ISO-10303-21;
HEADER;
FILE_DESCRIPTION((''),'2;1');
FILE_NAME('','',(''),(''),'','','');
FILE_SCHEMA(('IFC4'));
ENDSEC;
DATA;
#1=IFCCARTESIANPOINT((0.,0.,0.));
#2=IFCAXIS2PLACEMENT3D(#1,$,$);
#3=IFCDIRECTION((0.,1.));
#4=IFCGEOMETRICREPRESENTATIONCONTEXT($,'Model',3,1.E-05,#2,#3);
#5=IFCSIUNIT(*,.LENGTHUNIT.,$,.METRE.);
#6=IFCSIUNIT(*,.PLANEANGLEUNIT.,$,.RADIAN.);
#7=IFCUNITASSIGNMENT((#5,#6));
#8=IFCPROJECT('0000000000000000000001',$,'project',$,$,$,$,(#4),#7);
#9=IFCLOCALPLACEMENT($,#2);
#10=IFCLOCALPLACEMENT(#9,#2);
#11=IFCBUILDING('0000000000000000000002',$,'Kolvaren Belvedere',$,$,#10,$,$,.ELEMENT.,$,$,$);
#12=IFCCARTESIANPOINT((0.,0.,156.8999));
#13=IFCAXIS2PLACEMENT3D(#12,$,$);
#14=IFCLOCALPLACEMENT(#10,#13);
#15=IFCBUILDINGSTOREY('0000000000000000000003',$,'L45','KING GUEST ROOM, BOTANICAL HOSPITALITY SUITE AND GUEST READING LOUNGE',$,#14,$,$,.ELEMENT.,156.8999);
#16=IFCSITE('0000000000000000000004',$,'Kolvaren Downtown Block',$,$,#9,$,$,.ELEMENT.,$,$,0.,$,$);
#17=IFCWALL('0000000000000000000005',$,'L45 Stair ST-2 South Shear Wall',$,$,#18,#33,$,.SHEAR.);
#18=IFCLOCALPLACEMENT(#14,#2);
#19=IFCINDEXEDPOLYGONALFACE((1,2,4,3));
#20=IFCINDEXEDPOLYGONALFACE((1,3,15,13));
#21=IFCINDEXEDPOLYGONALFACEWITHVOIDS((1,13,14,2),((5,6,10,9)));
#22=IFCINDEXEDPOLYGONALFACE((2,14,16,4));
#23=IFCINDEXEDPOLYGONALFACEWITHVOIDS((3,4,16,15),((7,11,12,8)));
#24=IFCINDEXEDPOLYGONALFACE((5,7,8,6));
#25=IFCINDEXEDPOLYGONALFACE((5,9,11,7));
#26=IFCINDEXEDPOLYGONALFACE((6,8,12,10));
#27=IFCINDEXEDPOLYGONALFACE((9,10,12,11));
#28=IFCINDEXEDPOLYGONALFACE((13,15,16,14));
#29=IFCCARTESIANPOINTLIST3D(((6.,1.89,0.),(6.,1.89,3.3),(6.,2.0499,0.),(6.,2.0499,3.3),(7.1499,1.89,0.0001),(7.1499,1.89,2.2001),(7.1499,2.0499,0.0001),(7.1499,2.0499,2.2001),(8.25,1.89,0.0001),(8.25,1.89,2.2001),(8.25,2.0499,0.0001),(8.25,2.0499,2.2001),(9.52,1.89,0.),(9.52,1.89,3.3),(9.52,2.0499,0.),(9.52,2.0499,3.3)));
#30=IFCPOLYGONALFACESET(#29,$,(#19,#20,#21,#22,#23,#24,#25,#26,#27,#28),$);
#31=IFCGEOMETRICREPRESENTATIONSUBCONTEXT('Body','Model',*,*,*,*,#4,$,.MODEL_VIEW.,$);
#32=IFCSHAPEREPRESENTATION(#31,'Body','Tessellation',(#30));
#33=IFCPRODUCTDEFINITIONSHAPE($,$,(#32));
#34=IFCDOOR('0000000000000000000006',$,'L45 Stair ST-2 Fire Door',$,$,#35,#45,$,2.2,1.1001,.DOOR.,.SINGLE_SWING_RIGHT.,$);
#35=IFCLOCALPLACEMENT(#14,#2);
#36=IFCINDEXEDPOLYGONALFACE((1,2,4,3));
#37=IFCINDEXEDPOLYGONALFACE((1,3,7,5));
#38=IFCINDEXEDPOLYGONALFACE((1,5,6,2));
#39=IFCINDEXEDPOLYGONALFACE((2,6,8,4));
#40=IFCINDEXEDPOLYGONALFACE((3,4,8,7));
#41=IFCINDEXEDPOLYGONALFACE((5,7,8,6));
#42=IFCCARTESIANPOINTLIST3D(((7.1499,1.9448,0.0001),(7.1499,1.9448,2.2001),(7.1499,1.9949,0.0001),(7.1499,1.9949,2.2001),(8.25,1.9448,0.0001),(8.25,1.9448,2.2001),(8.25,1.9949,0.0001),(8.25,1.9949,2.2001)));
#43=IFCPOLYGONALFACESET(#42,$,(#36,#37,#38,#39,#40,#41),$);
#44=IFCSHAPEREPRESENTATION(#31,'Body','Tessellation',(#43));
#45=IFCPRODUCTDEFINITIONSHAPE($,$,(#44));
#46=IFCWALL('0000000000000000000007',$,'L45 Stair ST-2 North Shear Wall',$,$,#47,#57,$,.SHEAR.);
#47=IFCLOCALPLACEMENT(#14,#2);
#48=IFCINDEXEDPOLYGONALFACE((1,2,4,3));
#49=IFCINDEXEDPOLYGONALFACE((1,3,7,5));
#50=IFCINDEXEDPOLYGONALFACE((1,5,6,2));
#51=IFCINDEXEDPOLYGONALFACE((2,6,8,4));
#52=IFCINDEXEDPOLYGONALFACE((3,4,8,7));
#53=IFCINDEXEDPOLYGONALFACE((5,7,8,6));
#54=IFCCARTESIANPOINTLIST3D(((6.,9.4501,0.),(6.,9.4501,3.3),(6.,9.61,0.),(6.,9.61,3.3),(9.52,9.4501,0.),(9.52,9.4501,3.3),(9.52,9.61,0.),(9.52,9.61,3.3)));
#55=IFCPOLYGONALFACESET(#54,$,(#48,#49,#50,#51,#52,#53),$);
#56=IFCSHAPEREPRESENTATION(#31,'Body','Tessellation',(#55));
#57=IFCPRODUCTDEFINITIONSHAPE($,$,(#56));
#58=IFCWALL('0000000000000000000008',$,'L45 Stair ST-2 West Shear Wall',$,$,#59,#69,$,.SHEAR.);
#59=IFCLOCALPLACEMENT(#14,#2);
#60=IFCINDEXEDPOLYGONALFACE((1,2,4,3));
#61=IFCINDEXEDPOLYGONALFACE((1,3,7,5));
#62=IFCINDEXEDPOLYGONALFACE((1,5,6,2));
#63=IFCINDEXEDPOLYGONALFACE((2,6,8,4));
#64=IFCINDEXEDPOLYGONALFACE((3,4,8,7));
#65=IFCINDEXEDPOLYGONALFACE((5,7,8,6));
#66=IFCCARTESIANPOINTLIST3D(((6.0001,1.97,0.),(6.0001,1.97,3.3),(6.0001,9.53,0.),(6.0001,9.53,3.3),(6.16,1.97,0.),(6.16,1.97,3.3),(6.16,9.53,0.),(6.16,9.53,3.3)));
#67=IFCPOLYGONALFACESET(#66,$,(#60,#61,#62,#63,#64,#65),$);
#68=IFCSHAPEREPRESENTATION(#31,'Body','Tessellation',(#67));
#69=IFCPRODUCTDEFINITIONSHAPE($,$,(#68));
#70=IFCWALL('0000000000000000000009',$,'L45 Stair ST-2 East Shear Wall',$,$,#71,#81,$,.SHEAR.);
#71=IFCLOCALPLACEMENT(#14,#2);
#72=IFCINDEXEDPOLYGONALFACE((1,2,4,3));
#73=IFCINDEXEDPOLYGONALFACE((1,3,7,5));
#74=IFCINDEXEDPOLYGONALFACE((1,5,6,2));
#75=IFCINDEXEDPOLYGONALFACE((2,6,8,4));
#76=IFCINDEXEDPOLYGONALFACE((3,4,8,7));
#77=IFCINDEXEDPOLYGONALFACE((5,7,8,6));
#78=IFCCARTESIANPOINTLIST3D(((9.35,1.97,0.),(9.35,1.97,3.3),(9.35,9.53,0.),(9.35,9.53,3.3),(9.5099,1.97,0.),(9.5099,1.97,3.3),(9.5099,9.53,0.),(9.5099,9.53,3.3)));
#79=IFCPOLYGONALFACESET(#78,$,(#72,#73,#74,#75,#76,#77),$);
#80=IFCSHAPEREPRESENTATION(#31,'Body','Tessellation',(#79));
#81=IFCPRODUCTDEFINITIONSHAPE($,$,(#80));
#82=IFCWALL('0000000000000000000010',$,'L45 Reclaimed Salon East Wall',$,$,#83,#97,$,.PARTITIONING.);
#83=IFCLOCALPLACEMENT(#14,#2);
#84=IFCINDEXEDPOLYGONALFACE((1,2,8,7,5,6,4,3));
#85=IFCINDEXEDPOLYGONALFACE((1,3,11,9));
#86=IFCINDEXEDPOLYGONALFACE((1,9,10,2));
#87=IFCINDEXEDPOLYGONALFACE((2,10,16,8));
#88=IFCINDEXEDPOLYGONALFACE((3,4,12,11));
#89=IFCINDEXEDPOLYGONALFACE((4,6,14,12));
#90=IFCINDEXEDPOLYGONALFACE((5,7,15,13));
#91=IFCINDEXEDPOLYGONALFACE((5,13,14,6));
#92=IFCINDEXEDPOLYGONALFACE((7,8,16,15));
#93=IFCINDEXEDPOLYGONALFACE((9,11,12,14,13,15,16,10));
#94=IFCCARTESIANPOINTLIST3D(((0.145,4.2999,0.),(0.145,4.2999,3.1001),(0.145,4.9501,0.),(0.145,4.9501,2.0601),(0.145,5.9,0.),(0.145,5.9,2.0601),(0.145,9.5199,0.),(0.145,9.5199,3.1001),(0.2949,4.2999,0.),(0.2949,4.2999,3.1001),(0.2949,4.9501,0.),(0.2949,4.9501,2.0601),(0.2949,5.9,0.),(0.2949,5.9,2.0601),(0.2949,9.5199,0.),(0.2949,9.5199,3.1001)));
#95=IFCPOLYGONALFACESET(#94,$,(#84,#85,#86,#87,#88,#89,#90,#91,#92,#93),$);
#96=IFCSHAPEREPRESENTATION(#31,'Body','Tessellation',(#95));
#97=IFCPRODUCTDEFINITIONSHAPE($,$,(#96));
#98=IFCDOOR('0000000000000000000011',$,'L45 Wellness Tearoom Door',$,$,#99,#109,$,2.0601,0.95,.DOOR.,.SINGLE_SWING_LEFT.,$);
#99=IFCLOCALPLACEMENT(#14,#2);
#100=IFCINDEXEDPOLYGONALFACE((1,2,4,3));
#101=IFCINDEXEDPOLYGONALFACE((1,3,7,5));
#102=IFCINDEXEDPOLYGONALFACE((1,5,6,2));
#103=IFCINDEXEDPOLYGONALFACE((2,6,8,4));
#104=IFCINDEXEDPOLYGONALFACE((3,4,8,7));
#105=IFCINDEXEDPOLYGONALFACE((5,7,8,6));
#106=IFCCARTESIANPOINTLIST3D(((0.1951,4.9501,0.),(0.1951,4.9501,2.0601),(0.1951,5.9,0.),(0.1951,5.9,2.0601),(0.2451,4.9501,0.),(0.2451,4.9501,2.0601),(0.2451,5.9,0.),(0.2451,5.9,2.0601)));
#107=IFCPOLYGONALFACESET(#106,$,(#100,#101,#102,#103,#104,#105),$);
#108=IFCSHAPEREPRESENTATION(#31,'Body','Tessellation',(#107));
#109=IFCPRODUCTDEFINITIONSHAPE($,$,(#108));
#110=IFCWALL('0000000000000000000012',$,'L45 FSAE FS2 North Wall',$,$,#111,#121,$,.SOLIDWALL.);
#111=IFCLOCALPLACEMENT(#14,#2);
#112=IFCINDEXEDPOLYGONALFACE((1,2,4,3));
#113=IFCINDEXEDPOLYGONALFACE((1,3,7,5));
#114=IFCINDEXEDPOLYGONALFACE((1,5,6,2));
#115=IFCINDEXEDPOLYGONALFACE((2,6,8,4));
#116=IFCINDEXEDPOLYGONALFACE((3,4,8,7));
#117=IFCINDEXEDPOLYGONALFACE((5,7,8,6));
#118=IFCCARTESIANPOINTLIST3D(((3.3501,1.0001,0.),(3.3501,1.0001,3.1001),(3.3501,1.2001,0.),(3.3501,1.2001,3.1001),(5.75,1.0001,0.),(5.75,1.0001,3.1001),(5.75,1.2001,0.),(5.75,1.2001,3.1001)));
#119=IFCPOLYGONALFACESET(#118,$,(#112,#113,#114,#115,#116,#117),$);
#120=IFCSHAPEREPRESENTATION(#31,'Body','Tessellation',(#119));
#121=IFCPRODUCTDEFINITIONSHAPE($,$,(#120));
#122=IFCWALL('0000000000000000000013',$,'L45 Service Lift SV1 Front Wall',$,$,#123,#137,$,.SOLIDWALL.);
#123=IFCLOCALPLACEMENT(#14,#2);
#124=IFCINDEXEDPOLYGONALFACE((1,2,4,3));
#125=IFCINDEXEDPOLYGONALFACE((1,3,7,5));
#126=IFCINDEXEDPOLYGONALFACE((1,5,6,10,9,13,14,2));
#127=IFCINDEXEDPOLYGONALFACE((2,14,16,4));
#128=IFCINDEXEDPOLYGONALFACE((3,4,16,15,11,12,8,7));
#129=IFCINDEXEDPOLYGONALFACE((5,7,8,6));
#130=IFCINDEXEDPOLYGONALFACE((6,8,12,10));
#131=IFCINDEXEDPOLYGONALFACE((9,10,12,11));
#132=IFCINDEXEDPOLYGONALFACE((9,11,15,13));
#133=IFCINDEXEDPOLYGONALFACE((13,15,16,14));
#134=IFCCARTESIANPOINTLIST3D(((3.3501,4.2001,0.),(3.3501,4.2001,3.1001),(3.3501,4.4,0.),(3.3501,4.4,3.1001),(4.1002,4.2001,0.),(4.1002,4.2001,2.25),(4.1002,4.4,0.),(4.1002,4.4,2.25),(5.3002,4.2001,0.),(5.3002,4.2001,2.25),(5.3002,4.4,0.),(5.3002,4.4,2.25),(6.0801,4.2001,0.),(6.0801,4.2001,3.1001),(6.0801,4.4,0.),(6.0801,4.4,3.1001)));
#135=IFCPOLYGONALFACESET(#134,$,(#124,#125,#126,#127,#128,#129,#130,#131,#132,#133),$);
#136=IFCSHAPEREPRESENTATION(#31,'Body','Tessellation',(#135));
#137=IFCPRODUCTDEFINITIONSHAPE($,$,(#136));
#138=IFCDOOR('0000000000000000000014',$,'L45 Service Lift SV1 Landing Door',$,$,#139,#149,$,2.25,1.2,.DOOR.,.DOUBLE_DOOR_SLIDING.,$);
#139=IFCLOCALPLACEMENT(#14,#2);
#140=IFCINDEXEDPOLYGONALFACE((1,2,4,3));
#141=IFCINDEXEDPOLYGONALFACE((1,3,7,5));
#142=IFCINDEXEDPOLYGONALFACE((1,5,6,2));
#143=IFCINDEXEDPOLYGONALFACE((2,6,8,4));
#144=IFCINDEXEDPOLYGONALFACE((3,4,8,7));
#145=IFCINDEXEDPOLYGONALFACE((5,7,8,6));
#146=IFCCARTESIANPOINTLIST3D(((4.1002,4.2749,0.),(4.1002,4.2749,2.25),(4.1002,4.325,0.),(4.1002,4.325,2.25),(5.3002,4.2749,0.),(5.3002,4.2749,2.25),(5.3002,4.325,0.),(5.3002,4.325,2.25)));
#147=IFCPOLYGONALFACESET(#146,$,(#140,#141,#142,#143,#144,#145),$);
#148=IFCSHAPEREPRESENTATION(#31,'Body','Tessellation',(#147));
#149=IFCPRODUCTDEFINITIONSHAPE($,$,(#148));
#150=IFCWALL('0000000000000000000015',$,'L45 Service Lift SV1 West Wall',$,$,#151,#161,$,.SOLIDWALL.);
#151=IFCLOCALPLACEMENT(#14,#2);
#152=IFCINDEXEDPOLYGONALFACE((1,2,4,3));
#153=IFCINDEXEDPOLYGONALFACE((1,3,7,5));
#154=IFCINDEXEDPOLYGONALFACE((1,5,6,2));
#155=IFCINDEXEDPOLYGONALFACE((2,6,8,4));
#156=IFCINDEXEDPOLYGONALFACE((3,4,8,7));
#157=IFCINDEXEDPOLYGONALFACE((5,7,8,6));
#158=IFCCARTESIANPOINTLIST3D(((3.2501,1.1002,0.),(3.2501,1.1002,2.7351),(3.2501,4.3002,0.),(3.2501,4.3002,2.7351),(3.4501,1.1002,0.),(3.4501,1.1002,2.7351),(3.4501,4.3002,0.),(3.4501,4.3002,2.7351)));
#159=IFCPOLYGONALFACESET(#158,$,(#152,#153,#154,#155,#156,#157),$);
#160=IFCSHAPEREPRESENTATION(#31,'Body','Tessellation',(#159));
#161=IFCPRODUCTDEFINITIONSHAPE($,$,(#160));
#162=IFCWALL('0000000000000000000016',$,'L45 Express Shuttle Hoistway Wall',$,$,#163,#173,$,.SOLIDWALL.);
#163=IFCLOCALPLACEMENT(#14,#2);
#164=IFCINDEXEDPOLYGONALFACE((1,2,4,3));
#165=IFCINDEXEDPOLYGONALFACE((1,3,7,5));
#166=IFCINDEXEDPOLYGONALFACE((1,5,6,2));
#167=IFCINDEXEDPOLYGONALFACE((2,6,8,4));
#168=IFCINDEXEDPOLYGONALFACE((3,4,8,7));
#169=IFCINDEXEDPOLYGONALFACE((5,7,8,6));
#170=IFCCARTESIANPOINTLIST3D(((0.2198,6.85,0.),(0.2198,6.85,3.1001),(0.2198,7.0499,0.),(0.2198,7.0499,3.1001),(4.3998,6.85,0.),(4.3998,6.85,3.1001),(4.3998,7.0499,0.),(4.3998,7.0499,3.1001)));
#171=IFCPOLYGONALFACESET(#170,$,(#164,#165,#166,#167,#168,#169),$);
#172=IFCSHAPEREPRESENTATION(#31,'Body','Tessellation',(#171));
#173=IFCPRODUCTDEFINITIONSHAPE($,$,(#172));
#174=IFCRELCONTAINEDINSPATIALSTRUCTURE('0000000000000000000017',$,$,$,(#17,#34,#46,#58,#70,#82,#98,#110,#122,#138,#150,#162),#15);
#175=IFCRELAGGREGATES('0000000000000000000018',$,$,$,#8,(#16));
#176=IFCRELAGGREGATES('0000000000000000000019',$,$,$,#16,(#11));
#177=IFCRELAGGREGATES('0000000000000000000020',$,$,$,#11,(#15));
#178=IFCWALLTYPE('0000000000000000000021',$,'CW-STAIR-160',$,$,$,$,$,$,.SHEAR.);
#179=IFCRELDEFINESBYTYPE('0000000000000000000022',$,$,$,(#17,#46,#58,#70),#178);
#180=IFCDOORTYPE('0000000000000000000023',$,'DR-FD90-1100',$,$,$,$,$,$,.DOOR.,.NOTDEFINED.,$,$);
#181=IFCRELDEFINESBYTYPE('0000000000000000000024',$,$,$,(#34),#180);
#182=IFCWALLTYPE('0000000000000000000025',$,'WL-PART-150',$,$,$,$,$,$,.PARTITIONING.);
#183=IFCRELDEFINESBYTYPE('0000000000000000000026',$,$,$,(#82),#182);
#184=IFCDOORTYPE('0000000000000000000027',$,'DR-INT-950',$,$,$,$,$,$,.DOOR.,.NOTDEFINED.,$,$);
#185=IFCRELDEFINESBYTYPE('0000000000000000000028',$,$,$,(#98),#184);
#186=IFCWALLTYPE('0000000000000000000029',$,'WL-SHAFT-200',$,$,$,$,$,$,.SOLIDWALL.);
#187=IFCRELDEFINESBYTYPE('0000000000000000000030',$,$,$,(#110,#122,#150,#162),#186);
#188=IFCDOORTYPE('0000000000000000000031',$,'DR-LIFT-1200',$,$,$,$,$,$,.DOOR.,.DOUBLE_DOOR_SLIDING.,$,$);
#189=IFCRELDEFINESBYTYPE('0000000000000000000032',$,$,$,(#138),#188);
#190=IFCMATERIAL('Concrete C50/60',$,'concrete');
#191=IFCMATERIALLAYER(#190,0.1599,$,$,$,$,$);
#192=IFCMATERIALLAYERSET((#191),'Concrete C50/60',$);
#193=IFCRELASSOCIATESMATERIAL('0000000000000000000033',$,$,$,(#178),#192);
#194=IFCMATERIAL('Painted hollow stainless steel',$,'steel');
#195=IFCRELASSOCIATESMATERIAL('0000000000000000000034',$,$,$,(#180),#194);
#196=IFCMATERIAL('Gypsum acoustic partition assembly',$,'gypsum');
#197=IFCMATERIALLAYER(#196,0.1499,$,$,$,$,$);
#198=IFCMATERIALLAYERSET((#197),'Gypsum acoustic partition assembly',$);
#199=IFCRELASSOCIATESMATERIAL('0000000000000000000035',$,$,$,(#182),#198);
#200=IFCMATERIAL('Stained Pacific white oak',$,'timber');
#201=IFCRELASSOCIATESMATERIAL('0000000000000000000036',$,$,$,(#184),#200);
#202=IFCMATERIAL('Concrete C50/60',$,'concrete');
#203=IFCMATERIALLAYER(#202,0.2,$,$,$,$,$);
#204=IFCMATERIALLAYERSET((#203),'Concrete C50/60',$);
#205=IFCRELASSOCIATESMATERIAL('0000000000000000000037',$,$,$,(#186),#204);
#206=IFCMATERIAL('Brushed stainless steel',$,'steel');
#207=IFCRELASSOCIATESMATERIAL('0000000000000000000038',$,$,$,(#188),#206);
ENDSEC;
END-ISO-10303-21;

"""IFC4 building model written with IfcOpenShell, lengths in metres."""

from ifc_helpers import new_model, si_unit, direction, frame, frame_2d, origin, place, context, subcontext, project, spatial, rectangle, extrude, material, layer, layer_set, type_object, element, fill, save


model = new_model("IFC4")

# Units and contexts
model_context = context("Model", 3, precision=1e-05, world=origin(), true_north=direction((0.0, 1.0)))
body_context = subcontext(model_context, "Body", "Model", "MODEL_VIEW")
ifc_project = project(units=[si_unit("LENGTHUNIT", "METRE"), si_unit("PLANEANGLEUNIT", "RADIAN")], contexts=[model_context])

# Site, building, storey
site_placement = place(None, origin())
site = spatial("IfcSite", under=ifc_project, at=site_placement, Name="Kolvaren Downtown Block", CompositionType="ELEMENT", RefElevation=0.0)
building_placement = place(site_placement, origin())
building = spatial("IfcBuilding", under=site, at=building_placement, Name="Kolvaren Belvedere", CompositionType="ELEMENT")
storey_placement = place(building_placement, frame((0.0, 0.0, 156.8999)))
storey = spatial("IfcBuildingStorey", under=building, at=storey_placement, Name="L45", Description="KING GUEST ROOM, BOTANICAL HOSPITALITY SUITE AND GUEST READING LOUNGE", CompositionType="ELEMENT", Elevation=156.8999)

# Wall, opening, door
ifc_material_1 = material(Name="Concrete C50/60", Category="concrete")
ifc_layer_1 = layer(ifc_material_1, 0.1599)
ifc_layer_set_1 = layer_set([ifc_layer_1], Name="Concrete C50/60")
wall_type_1 = type_object("IfcWallType", Name="CW-STAIR-160", PredefinedType="SHEAR", material=ifc_layer_set_1)
wall_1_placement = place(storey_placement, frame((6.0, 1.97, 0.0), z_axis=(0.0, 0.0, 1.0), x_axis=(1.0, 0.0, 0.0)))
wall_1 = element("IfcWall", 1, at=wall_1_placement, inside=storey, type_object=wall_type_1, Name="L45 Stair ST-2 South Shear Wall", PredefinedType="SHEAR", context=body_context, shape_type="SweptSolid", body=[
    extrude(rectangle(XDim=3.52, YDim=0.1599, at=frame_2d((1.76, 0.0))), origin(), (0.0, 0.0, 1.0), 3.3),
])
opening_1_placement = place(wall_1_placement, frame((1.1499, 0.0, 0.0)))
opening_1 = element("IfcOpeningElement", 2, at=opening_1_placement, cuts=wall_1, PredefinedType="OPENING", context=body_context, shape_type="SweptSolid", body=[
    extrude(rectangle(XDim=1.1001, YDim=2.2, at=frame_2d((0.55, 1.1001))), frame((0.0, 0.0898, 0.0), z_axis=(0.0, -1.0, 0.0), x_axis=(1.0, 0.0, 0.0)), (0.0, 0.0, 1.0), 0.1799),
])
ifc_material_2 = material(Name="Painted hollow stainless steel", Category="steel")
door_type_1 = type_object("IfcDoorType", Name="DR-FD90-1100", OperationType="NOTDEFINED", PredefinedType="DOOR", material=ifc_material_2)
door_1_placement = place(opening_1_placement, origin())
door_1 = element("IfcDoor", 3, at=door_1_placement, inside=storey, type_object=door_type_1, Name="L45 Stair ST-2 Fire Door", OperationType="SINGLE_SWING_RIGHT", OverallHeight=2.2, OverallWidth=1.1001, PredefinedType="DOOR", context=body_context, shape_type="SweptSolid", body=[
    extrude(rectangle(XDim=1.1001, YDim=2.2, at=frame_2d((0.55, 1.1001))), frame((0.0, 0.0249, 0.0), z_axis=(0.0, -1.0, 0.0), x_axis=(1.0, 0.0, 0.0)), (0.0, 0.0, 1.0), 0.05),
])
fill(opening_1, door_1)

# Walls
wall_2_placement = place(storey_placement, frame((6.0, 9.53, 0.0), z_axis=(0.0, 0.0, 1.0), x_axis=(1.0, 0.0, 0.0)))
element("IfcWall", 4, at=wall_2_placement, inside=storey, type_object=wall_type_1, Name="L45 Stair ST-2 North Shear Wall", PredefinedType="SHEAR", context=body_context, shape_type="SweptSolid", body=[
    extrude(rectangle(XDim=3.52, YDim=0.1599, at=frame_2d((1.76, 0.0))), origin(), (0.0, 0.0, 1.0), 3.3),
])
for number, where, z_axis, x_axis, name in (
    (5, (6.0801, 1.97, 0.0), (0.0, 0.0, 1.0), (0.0, 1.0, 0.0), "L45 Stair ST-2 West Shear Wall"),
    (6, (9.4299, 1.97, 0.0), (0.0, 0.0, 1.0), (0.0, 1.0, 0.0), "L45 Stair ST-2 East Shear Wall"),
):
    element("IfcWall", number, at=place(storey_placement, frame(where, z_axis=z_axis, x_axis=x_axis)), inside=storey, type_object=wall_type_1, Name=name, PredefinedType="SHEAR", context=body_context, shape_type="SweptSolid", body=[
        extrude(rectangle(XDim=7.5601, YDim=0.1599, at=frame_2d((3.78, 0.0))), origin(), (0.0, 0.0, 1.0), 3.3),
    ])

# Wall, opening, door
ifc_material_3 = material(Name="Gypsum acoustic partition assembly", Category="gypsum")
ifc_layer_2 = layer(ifc_material_3, 0.1499)
ifc_layer_set_2 = layer_set([ifc_layer_2], Name="Gypsum acoustic partition assembly")
wall_type_2 = type_object("IfcWallType", Name="WL-PART-150", PredefinedType="PARTITIONING", material=ifc_layer_set_2)
wall_3_placement = place(storey_placement, frame((0.22, 4.3, 0.0), z_axis=(0.0, 0.0, 1.0), x_axis=(0.0, 1.0, 0.0)))
wall_3 = element("IfcWall", 7, at=wall_3_placement, inside=storey, type_object=wall_type_2, Name="L45 Reclaimed Salon East Wall", PredefinedType="PARTITIONING", context=body_context, shape_type="SweptSolid", body=[
    extrude(rectangle(XDim=5.22, YDim=0.1499, at=frame_2d((2.6099, 0.0))), origin(), (0.0, 0.0, 1.0), 3.1001),
])
opening_2_placement = place(wall_3_placement, frame((0.6499, 0.0, 0.0)))
opening_2 = element("IfcOpeningElement", 8, at=opening_2_placement, cuts=wall_3, PredefinedType="OPENING", context=body_context, shape_type="SweptSolid", body=[
    extrude(rectangle(XDim=0.95, YDim=2.0601, at=frame_2d((0.4751, 1.03))), frame((0.0, 0.085, 0.0), z_axis=(0.0, -1.0, 0.0), x_axis=(1.0, 0.0, 0.0)), (0.0, 0.0, 1.0), 0.1699),
])
ifc_material_4 = material(Name="Stained Pacific white oak", Category="timber")
door_type_2 = type_object("IfcDoorType", Name="DR-INT-950", OperationType="NOTDEFINED", PredefinedType="DOOR", material=ifc_material_4)
door_2_placement = place(opening_2_placement, origin())
door_2 = element("IfcDoor", 9, at=door_2_placement, inside=storey, type_object=door_type_2, Name="L45 Wellness Tearoom Door", OperationType="SINGLE_SWING_LEFT", OverallHeight=2.0601, OverallWidth=0.95, PredefinedType="DOOR", context=body_context, shape_type="SweptSolid", body=[
    extrude(rectangle(XDim=0.95, YDim=2.0601, at=frame_2d((0.4751, 1.03))), frame((0.0, 0.0249, 0.0), z_axis=(0.0, -1.0, 0.0), x_axis=(1.0, 0.0, 0.0)), (0.0, 0.0, 1.0), 0.05),
])
fill(opening_2, door_2)

# Wall
ifc_material_5 = material(Name="Concrete C50/60", Category="concrete")
ifc_layer_3 = layer(ifc_material_5, 0.2)
ifc_layer_set_3 = layer_set([ifc_layer_3], Name="Concrete C50/60")
wall_type_3 = type_object("IfcWallType", Name="WL-SHAFT-200", PredefinedType="SOLIDWALL", material=ifc_layer_set_3)
wall_4_placement = place(storey_placement, frame((3.3501, 1.1001, 0.0), z_axis=(0.0, 0.0, 1.0), x_axis=(1.0, 0.0, 0.0)))
element("IfcWall", 10, at=wall_4_placement, inside=storey, type_object=wall_type_3, Name="L45 FSAE FS2 North Wall", PredefinedType="SOLIDWALL", context=body_context, shape_type="SweptSolid", body=[
    extrude(rectangle(XDim=2.3999, YDim=0.2, at=frame_2d((1.2, 0.0))), origin(), (0.0, 0.0, 1.0), 3.1001),
])

# Wall, opening, door
wall_5_placement = place(storey_placement, frame((3.3501, 4.3, 0.0), z_axis=(0.0, 0.0, 1.0), x_axis=(1.0, 0.0, 0.0)))
wall_5 = element("IfcWall", 11, at=wall_5_placement, inside=storey, type_object=wall_type_3, Name="L45 Service Lift SV1 Front Wall", PredefinedType="SOLIDWALL", context=body_context, shape_type="SweptSolid", body=[
    extrude(rectangle(XDim=2.73, YDim=0.2, at=frame_2d((1.365, 0.0))), origin(), (0.0, 0.0, 1.0), 3.1001),
])
opening_3_placement = place(wall_5_placement, frame((0.75, 0.0, 0.0)))
opening_3 = element("IfcOpeningElement", 12, at=opening_3_placement, cuts=wall_5, PredefinedType="OPENING", context=body_context, shape_type="SweptSolid", body=[
    extrude(rectangle(XDim=1.2, YDim=2.25, at=frame_2d((0.6001, 1.125))), frame((0.0, 0.1099, 0.0), z_axis=(0.0, -1.0, 0.0), x_axis=(1.0, 0.0, 0.0)), (0.0, 0.0, 1.0), 0.22),
])
ifc_material_6 = material(Name="Brushed stainless steel", Category="steel")
door_type_3 = type_object("IfcDoorType", Name="DR-LIFT-1200", OperationType="DOUBLE_DOOR_SLIDING", PredefinedType="DOOR", material=ifc_material_6)
door_3_placement = place(opening_3_placement, origin())
door_3 = element("IfcDoor", 13, at=door_3_placement, inside=storey, type_object=door_type_3, Name="L45 Service Lift SV1 Landing Door", OperationType="DOUBLE_DOOR_SLIDING", OverallHeight=2.25, OverallWidth=1.2, PredefinedType="DOOR", context=body_context, shape_type="SweptSolid", body=[
    extrude(rectangle(XDim=1.2, YDim=2.25, at=frame_2d((0.6001, 1.125))), frame((0.0, 0.0249, 0.0), z_axis=(0.0, -1.0, 0.0), x_axis=(1.0, 0.0, 0.0)), (0.0, 0.0, 1.0), 0.05),
])
fill(opening_3, door_3)

# Walls
wall_6_placement = place(storey_placement, frame((3.3501, 1.1001, 0.0), z_axis=(0.0, 0.0, 1.0), x_axis=(0.0, 1.0, 0.0)))
element("IfcWall", 14, at=wall_6_placement, inside=storey, type_object=wall_type_3, Name="L45 Service Lift SV1 West Wall", PredefinedType="SOLIDWALL", context=body_context, shape_type="SweptSolid", body=[
    extrude(rectangle(XDim=3.2, YDim=0.2, at=frame_2d((1.6001, 0.0))), origin(), (0.0, 0.0, 1.0), 2.7351),
])
wall_7_placement = place(storey_placement, frame((0.22, 6.95, 0.0), z_axis=(0.0, 0.0, 1.0), x_axis=(1.0, 0.0, 0.0)))
element("IfcWall", 15, at=wall_7_placement, inside=storey, type_object=wall_type_3, Name="L45 Express Shuttle Hoistway Wall", PredefinedType="SOLIDWALL", context=body_context, shape_type="SweptSolid", body=[
    extrude(rectangle(XDim=4.1799, YDim=0.2, at=frame_2d((2.0898, 0.0))), origin(), (0.0, 0.0, 1.0), 3.1001),
])

save(model, "model.ifc")
